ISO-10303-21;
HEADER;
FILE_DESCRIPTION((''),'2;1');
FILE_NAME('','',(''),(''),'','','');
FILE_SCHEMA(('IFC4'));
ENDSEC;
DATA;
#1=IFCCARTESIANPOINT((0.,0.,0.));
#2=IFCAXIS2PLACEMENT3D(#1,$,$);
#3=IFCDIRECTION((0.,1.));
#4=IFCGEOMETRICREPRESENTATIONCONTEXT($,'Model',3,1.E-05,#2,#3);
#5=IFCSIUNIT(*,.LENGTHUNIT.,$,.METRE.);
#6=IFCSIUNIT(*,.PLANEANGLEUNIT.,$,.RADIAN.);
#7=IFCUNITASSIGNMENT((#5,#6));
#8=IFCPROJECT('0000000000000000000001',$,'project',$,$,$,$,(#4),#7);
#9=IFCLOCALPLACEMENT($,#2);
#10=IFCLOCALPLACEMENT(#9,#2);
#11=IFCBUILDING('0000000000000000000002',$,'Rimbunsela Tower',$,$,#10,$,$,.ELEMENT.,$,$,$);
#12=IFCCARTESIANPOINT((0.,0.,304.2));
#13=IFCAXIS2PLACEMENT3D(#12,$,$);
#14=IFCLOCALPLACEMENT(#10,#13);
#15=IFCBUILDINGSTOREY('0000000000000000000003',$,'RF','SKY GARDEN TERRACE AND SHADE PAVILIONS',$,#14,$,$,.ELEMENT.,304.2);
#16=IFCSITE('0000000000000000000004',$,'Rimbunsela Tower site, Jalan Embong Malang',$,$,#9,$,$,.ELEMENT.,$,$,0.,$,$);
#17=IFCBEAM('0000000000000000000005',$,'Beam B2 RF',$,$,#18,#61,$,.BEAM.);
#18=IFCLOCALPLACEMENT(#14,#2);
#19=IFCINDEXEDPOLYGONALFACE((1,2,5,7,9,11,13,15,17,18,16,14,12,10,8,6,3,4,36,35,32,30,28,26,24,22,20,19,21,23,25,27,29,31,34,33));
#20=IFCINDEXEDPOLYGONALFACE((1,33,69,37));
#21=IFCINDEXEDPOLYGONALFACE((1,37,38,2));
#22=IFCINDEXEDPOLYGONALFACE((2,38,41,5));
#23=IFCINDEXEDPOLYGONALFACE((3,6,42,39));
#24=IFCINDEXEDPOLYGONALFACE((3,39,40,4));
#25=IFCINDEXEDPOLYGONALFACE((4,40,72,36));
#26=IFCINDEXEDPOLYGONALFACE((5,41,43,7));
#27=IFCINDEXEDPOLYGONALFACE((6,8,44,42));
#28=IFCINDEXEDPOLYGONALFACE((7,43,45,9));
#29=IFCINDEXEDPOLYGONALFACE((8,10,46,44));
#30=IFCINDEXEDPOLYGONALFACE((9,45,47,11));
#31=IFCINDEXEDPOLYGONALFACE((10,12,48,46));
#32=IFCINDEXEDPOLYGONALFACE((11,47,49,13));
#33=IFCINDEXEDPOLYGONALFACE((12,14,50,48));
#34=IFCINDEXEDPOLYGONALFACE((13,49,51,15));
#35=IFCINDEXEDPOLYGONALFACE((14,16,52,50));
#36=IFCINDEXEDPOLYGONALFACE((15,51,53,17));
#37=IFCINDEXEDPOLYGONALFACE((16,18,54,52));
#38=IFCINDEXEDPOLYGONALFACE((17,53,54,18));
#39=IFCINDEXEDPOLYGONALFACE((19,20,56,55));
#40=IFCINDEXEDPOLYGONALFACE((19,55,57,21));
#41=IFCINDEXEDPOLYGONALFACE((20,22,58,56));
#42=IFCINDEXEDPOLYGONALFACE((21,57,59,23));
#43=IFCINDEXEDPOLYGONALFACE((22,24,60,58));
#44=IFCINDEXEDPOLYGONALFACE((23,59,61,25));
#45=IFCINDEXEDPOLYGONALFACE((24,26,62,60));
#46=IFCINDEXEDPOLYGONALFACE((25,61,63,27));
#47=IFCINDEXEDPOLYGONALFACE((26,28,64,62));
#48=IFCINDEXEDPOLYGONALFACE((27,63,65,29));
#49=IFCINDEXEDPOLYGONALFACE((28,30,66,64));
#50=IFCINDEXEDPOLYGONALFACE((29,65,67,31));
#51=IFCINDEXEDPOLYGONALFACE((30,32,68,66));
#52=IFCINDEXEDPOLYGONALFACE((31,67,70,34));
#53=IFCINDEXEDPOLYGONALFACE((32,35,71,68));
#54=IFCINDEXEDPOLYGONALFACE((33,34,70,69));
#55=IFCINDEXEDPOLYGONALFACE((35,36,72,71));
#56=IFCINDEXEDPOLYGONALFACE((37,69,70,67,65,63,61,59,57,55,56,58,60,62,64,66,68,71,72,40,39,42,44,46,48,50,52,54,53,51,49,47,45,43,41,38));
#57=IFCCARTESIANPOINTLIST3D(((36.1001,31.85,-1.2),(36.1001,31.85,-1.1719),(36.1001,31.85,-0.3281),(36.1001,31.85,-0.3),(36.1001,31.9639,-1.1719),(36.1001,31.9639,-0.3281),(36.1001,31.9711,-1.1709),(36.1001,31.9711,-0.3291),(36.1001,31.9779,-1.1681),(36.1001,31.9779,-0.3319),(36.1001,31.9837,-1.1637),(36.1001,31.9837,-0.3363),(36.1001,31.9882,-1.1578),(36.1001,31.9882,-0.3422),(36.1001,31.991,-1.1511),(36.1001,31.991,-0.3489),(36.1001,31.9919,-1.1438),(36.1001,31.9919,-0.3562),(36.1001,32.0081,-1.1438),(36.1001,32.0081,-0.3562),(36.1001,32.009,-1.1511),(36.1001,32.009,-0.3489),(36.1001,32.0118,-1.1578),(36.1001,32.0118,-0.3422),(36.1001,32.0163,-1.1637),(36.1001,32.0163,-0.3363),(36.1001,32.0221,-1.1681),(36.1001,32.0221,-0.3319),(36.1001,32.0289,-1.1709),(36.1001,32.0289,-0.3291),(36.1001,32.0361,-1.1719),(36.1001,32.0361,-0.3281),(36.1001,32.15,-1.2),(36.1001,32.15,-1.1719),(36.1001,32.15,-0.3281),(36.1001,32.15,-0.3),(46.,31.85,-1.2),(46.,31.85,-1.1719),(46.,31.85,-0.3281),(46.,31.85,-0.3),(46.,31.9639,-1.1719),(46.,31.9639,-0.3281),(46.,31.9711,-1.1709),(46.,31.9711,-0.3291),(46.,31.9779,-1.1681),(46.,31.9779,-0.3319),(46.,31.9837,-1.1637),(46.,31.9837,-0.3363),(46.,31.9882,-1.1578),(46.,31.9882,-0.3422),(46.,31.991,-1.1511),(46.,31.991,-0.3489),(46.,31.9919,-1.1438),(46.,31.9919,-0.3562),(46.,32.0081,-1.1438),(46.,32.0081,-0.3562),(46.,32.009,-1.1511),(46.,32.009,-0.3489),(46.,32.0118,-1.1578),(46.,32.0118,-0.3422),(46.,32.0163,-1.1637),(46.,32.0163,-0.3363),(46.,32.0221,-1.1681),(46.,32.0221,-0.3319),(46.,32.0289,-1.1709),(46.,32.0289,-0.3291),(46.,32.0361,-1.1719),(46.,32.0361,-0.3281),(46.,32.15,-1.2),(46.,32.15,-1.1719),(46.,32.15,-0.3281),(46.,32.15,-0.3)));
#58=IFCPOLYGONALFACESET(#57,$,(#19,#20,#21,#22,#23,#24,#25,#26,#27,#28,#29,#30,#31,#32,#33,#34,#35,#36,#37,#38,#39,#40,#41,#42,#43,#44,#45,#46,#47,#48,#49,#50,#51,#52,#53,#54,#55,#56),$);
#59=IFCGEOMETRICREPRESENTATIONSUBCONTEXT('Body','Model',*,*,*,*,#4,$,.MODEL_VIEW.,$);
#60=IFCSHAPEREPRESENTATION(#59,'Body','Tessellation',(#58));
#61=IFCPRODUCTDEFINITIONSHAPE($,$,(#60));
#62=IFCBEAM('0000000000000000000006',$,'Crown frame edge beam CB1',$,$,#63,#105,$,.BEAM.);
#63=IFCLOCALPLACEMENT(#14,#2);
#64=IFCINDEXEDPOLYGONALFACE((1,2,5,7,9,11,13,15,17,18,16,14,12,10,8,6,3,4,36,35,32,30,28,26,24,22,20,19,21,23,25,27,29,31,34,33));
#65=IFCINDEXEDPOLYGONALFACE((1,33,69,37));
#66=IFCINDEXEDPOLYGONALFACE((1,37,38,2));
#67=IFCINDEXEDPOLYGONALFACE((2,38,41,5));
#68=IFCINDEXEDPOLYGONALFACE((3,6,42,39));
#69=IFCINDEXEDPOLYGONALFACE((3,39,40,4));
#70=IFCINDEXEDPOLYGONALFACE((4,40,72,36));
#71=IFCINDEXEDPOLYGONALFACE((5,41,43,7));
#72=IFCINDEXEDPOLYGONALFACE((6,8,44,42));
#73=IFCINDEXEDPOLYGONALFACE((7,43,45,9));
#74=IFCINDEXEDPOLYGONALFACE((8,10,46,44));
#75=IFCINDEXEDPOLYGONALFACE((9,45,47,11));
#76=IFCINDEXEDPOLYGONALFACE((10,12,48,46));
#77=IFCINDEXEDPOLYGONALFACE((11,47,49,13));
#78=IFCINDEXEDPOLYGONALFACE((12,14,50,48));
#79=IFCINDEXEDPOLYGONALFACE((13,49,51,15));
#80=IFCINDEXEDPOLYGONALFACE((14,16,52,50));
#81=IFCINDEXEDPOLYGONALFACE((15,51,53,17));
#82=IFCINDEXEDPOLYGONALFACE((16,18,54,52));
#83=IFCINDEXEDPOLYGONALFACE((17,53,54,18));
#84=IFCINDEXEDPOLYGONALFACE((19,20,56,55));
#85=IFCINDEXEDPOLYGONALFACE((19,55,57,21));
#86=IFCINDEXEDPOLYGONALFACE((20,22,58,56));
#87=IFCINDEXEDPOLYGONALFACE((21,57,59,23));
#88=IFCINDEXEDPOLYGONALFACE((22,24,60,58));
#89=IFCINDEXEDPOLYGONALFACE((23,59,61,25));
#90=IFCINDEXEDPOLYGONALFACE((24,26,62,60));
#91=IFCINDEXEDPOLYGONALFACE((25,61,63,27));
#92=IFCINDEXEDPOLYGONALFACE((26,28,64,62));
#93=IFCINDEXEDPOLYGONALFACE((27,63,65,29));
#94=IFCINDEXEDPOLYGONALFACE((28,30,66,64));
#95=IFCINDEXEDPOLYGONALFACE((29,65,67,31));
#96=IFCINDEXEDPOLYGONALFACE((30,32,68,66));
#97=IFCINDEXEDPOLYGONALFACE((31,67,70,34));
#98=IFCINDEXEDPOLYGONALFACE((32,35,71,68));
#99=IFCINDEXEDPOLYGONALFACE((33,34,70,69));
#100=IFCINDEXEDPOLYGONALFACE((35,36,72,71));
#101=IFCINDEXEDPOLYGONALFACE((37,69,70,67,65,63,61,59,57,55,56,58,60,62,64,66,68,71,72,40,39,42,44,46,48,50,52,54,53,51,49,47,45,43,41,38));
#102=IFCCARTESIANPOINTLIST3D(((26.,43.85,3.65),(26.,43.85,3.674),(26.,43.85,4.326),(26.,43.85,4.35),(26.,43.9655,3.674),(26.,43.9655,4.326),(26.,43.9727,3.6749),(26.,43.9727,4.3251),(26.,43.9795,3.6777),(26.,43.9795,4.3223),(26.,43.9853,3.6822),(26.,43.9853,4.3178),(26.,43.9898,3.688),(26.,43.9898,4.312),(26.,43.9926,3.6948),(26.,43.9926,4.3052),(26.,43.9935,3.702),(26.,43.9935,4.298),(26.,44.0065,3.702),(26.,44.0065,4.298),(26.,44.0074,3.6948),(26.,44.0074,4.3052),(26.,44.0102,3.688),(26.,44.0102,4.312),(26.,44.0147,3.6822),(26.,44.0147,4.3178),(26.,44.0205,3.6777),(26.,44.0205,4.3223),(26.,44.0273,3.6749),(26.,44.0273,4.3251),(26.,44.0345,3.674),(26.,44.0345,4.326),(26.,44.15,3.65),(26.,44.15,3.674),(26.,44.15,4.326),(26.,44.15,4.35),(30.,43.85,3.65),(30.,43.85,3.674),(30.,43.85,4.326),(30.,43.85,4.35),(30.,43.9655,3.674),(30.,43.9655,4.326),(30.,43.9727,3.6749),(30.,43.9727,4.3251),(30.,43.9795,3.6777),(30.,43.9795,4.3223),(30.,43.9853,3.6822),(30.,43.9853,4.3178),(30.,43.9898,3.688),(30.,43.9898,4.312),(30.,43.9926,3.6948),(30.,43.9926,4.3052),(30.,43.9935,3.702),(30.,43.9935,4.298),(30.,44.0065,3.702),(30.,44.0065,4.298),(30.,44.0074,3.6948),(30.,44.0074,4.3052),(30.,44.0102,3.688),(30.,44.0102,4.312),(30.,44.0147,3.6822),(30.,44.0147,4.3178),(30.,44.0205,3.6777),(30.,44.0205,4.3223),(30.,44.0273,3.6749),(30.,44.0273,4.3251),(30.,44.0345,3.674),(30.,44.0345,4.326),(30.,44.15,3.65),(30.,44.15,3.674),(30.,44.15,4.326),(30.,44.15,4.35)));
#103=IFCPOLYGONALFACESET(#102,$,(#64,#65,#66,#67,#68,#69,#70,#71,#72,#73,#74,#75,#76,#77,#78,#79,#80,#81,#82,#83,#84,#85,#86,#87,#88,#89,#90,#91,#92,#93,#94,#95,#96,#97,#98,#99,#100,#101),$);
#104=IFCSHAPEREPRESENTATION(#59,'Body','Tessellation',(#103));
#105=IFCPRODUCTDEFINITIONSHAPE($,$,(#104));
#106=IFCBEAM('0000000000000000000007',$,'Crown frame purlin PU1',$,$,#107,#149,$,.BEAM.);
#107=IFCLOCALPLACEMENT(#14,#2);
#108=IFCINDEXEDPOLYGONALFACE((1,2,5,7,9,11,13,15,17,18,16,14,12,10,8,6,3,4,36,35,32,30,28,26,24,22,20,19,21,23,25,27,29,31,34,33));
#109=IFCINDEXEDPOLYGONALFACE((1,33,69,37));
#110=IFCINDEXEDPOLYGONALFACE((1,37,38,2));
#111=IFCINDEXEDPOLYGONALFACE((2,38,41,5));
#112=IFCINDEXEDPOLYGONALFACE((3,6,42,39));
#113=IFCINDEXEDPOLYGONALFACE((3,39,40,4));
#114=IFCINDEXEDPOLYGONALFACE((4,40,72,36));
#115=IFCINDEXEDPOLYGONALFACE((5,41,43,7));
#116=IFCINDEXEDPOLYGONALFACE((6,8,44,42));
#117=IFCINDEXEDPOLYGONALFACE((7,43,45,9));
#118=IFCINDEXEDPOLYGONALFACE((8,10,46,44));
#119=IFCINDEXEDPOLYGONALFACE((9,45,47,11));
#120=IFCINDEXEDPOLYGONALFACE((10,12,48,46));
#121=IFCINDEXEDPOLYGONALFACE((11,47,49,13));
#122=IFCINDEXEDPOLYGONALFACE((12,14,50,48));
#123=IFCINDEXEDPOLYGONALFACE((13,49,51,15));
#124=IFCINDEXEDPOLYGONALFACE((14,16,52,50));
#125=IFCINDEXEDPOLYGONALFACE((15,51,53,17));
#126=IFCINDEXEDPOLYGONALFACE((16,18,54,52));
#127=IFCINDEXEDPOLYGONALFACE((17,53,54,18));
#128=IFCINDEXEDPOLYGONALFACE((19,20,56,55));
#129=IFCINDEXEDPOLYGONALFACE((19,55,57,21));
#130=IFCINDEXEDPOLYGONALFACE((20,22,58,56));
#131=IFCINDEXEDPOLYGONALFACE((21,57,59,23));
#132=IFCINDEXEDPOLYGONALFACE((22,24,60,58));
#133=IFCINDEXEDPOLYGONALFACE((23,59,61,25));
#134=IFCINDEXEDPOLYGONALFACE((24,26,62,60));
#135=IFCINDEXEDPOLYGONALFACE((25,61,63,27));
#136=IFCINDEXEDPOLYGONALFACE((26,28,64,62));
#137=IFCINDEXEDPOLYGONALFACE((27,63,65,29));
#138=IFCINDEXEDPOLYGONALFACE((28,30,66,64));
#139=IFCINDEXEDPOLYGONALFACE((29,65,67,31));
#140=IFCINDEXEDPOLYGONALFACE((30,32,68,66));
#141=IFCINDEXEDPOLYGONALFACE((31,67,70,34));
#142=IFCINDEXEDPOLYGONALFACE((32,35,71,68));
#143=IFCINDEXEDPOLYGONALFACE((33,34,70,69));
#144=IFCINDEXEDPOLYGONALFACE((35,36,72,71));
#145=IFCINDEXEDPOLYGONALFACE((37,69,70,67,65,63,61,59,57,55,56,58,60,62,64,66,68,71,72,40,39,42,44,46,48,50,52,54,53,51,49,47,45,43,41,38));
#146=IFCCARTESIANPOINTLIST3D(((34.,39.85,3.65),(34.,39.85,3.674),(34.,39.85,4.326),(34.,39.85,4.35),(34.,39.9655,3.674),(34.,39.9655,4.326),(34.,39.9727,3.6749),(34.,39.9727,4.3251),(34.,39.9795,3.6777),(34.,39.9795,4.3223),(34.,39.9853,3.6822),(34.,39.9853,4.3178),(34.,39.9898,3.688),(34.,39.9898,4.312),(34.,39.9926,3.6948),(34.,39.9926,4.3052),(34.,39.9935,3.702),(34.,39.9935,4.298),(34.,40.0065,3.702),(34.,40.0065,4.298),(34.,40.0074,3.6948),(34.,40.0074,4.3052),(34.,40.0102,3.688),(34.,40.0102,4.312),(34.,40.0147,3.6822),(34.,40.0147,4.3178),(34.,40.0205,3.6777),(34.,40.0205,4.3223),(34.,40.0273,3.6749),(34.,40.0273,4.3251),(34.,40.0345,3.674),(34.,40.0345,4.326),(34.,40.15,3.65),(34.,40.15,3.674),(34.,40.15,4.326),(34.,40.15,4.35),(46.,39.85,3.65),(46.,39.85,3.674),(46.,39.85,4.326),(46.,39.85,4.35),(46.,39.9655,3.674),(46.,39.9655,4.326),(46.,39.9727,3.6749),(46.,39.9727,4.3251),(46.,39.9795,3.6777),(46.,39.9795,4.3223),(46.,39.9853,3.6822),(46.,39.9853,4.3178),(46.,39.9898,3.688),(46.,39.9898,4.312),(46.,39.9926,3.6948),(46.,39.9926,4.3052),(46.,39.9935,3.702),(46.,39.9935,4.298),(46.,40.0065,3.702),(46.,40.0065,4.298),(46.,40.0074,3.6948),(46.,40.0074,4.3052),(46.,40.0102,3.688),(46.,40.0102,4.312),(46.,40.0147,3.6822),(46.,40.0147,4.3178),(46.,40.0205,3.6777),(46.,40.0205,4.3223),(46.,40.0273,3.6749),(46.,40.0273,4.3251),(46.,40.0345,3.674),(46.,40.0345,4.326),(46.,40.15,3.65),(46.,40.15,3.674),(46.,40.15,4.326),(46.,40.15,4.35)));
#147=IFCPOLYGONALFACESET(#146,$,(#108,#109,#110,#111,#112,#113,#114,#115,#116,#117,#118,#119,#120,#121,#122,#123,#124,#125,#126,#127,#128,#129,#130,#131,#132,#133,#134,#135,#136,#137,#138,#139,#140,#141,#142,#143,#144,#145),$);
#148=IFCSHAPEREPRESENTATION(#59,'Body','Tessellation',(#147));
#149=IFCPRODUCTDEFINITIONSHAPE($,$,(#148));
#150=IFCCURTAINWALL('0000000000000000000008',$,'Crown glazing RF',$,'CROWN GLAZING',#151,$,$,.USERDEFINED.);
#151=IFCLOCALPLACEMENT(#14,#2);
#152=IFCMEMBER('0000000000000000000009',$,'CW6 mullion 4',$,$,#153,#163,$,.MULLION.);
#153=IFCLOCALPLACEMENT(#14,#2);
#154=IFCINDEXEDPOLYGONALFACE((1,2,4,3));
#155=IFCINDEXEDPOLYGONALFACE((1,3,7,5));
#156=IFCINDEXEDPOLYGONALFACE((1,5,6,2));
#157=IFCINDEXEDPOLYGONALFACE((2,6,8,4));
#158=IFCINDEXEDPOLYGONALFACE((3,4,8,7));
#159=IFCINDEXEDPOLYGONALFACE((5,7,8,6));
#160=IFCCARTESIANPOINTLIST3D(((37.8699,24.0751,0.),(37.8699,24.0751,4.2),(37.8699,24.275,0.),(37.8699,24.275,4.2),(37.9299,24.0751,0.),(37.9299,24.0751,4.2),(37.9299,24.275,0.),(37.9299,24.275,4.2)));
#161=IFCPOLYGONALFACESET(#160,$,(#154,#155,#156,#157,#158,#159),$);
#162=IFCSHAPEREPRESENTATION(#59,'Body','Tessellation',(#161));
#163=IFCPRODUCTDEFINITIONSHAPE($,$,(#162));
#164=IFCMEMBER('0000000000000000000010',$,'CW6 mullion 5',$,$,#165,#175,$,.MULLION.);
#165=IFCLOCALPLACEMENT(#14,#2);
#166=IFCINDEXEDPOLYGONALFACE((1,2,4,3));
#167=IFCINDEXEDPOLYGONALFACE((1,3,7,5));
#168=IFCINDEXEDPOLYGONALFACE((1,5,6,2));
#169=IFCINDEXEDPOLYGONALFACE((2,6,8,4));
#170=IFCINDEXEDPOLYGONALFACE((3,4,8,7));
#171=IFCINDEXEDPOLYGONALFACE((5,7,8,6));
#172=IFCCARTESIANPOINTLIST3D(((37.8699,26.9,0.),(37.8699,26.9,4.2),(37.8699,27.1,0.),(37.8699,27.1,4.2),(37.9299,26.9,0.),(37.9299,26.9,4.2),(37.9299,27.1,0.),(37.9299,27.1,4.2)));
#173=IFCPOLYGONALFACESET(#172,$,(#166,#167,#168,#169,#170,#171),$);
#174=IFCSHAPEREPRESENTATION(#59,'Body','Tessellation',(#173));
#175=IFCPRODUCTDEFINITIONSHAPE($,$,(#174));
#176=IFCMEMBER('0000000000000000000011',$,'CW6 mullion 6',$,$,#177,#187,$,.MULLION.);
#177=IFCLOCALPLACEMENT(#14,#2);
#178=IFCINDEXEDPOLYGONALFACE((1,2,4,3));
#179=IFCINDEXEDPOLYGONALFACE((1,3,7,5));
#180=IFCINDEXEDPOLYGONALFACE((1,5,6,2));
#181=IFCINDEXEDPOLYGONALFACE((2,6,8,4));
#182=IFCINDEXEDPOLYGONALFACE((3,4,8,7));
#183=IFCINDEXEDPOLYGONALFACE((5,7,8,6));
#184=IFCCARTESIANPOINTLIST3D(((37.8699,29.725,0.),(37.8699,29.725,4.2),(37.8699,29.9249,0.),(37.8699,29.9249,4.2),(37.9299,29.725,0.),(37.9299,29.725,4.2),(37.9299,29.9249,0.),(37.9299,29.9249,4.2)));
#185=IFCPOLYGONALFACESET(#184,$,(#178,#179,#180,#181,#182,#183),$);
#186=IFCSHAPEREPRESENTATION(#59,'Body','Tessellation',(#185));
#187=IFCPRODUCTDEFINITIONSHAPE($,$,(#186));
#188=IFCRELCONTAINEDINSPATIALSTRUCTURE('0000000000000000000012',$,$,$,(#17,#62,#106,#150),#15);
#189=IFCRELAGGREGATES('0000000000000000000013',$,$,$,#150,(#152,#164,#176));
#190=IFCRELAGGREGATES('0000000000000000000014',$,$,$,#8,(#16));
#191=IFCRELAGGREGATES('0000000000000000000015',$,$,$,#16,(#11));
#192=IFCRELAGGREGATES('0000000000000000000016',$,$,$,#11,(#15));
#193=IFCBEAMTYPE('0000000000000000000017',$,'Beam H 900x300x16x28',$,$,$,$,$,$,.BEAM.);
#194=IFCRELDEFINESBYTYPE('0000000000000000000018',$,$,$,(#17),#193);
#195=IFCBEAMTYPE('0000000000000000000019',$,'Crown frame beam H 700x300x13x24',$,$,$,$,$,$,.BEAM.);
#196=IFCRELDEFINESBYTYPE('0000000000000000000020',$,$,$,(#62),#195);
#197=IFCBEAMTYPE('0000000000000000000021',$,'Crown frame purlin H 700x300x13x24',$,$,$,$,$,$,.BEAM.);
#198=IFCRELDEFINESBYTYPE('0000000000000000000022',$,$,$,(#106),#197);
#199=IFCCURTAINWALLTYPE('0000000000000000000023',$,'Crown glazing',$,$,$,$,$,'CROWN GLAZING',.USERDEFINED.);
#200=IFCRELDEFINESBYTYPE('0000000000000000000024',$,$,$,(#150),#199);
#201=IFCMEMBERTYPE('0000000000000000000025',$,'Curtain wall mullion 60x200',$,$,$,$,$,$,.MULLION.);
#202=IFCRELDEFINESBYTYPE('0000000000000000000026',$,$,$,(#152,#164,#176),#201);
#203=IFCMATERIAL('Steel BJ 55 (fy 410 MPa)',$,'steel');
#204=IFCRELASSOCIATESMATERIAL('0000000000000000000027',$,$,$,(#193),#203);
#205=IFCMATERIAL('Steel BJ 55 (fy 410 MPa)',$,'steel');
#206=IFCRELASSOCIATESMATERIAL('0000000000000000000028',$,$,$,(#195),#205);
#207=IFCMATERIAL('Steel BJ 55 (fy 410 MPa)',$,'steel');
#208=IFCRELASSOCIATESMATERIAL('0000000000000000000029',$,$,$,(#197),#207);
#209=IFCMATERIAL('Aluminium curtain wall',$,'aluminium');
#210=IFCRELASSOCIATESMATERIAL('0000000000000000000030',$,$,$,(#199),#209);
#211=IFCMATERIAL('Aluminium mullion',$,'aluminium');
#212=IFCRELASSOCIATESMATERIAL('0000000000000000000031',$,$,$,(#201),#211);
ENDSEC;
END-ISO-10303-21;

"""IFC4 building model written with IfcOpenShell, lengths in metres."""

from ifc_helpers import new_model, si_unit, direction, frame, origin, origin_2d, place, context, subcontext, project, spatial, rectangle, i_section, extrude, material, material_profile, profile_set, type_object, element, aggregate, save


model = new_model("IFC4")

# Units and contexts
model_context = context("Model", 3, precision=1e-05, world=origin(), true_north=direction((0.0, 1.0)))
body_context = subcontext(model_context, "Body", "Model", "MODEL_VIEW")
ifc_project = project(units=[si_unit("LENGTHUNIT", "METRE"), si_unit("PLANEANGLEUNIT", "RADIAN")], contexts=[model_context])

# Site, building, storey
site_placement = place(None, origin())
site = spatial("IfcSite", under=ifc_project, at=site_placement, Name="Rimbunsela Tower site, Jalan Embong Malang", CompositionType="ELEMENT", RefElevation=0.0)
building_placement = place(site_placement, origin())
building = spatial("IfcBuilding", under=site, at=building_placement, Name="Rimbunsela Tower", CompositionType="ELEMENT")
storey_placement = place(building_placement, frame((0.0, 0.0, 304.2)))
storey = spatial("IfcBuildingStorey", under=building, at=storey_placement, Name="RF", Description="SKY GARDEN TERRACE AND SHADE PAVILIONS", CompositionType="ELEMENT", Elevation=304.2)

# Beams
ifc_material_1 = material(Name="Steel BJ 55 (fy 410 MPa)", Category="steel")
ifc_material_profile_1 = material_profile(ifc_material_1, i_section(OverallWidth=0.3, OverallDepth=0.8999, WebThickness=0.0161, FlangeThickness=0.0281, FilletRadius=0.0281, at=origin_2d()), Name="H 900x300x16x28")
ifc_profile_set_1 = profile_set([ifc_material_profile_1], Name="Steel BJ 55 (fy 410 MPa)")
beam_type_1 = type_object("IfcBeamType", Name="Beam H 900x300x16x28", PredefinedType="BEAM", material=ifc_profile_set_1)
for number, where, z_axis, x_axis, name in (
    (1, (36.1001, 32.0, -0.75), (1.0, 0.0, 0.0), (0.0, 1.0, 0.0), "Beam B2 RF"),
):
    element("IfcBeam", number, at=place(storey_placement, frame(where, z_axis=z_axis, x_axis=x_axis)), inside=storey, type_object=beam_type_1, Name=name, PredefinedType="BEAM", context=body_context, shape_type="SweptSolid", body=[
        extrude(i_section(OverallWidth=0.3, OverallDepth=0.8999, WebThickness=0.0161, FlangeThickness=0.0281, FilletRadius=0.0281, at=origin_2d()), origin(), (0.0, 0.0, 1.0), 9.8999),
    ])
ifc_material_2 = material(Name="Steel BJ 55 (fy 410 MPa)", Category="steel")
ifc_material_profile_2 = material_profile(ifc_material_2, i_section(OverallWidth=0.3, OverallDepth=0.7, WebThickness=0.0129, FlangeThickness=0.0239, FilletRadius=0.0281, at=origin_2d()), Name="H 700x300x13x24")
ifc_profile_set_2 = profile_set([ifc_material_profile_2], Name="Steel BJ 55 (fy 410 MPa)")
beam_type_2 = type_object("IfcBeamType", Name="Crown frame beam H 700x300x13x24", PredefinedType="BEAM", material=ifc_profile_set_2)
beam_1_placement = place(storey_placement, frame((26.0, 44.0, 4.0), z_axis=(1.0, 0.0, 0.0), x_axis=(0.0, 1.0, 0.0)))
element("IfcBeam", 2, at=beam_1_placement, inside=storey, type_object=beam_type_2, Name="Crown frame edge beam CB1", PredefinedType="BEAM", context=body_context, shape_type="SweptSolid", body=[
    extrude(i_section(OverallWidth=0.3, OverallDepth=0.7, WebThickness=0.0129, FlangeThickness=0.0239, FilletRadius=0.0281, at=origin_2d()), origin(), (0.0, 0.0, 1.0), 4.0),
])
ifc_material_3 = material(Name="Steel BJ 55 (fy 410 MPa)", Category="steel")
ifc_material_profile_3 = material_profile(ifc_material_3, i_section(OverallWidth=0.3, OverallDepth=0.7, WebThickness=0.0129, FlangeThickness=0.0239, FilletRadius=0.0281, at=origin_2d()), Name="H 700x300x13x24")
ifc_profile_set_3 = profile_set([ifc_material_profile_3], Name="Steel BJ 55 (fy 410 MPa)")
beam_type_3 = type_object("IfcBeamType", Name="Crown frame purlin H 700x300x13x24", PredefinedType="BEAM", material=ifc_profile_set_3)
beam_2_placement = place(storey_placement, frame((34.0, 40.0, 4.0), z_axis=(1.0, 0.0, 0.0), x_axis=(0.0, 1.0, 0.0)))
element("IfcBeam", 3, at=beam_2_placement, inside=storey, type_object=beam_type_3, Name="Crown frame purlin PU1", PredefinedType="BEAM", context=body_context, shape_type="SweptSolid", body=[
    extrude(i_section(OverallWidth=0.3, OverallDepth=0.7, WebThickness=0.0129, FlangeThickness=0.0239, FilletRadius=0.0281, at=origin_2d()), origin(), (0.0, 0.0, 1.0), 12.0),
])

# Curtain wall, members
ifc_material_4 = material(Name="Aluminium curtain wall", Category="aluminium")
curtain_wall_type = type_object("IfcCurtainWallType", Name="Crown glazing", ElementType="CROWN GLAZING", PredefinedType="USERDEFINED", material=ifc_material_4)
curtain_wall_placement = place(storey_placement, origin())
curtain_wall = element("IfcCurtainWall", 4, at=curtain_wall_placement, inside=storey, type_object=curtain_wall_type, Name="Crown glazing RF", ObjectType="CROWN GLAZING", PredefinedType="USERDEFINED")
ifc_material_5 = material(Name="Aluminium mullion", Category="aluminium")
ifc_material_profile_4 = material_profile(ifc_material_5, rectangle(XDim=0.0601, YDim=0.2, at=origin_2d()), Name="Mullion 60x200")
ifc_profile_set_4 = profile_set([ifc_material_profile_4], Name="Aluminium mullion")
member_type_1 = type_object("IfcMemberType", Name="Curtain wall mullion 60x200", PredefinedType="MULLION", material=ifc_profile_set_4)
member_1_placement = place(storey_placement, frame((37.8999, 24.175, 0.0), z_axis=(0.0, 0.0, 1.0), x_axis=(-1.0, 0.0, 0.0)))
member_1 = element("IfcMember", 5, at=member_1_placement, type_object=member_type_1, Name="CW6 mullion 4", PredefinedType="MULLION", context=body_context, shape_type="SweptSolid", body=[
    extrude(rectangle(XDim=0.0601, YDim=0.2, at=origin_2d()), origin(), (0.0, 0.0, 1.0), 4.2),
])
member_2_placement = place(storey_placement, frame((37.8999, 27.0, 0.0), z_axis=(0.0, 0.0, 1.0), x_axis=(-1.0, 0.0, 0.0)))
member_2 = element("IfcMember", 6, at=member_2_placement, type_object=member_type_1, Name="CW6 mullion 5", PredefinedType="MULLION", context=body_context, shape_type="SweptSolid", body=[
    extrude(rectangle(XDim=0.0601, YDim=0.2, at=origin_2d()), origin(), (0.0, 0.0, 1.0), 4.2),
])
member_3_placement = place(storey_placement, frame((37.8999, 29.825, 0.0), z_axis=(0.0, 0.0, 1.0), x_axis=(-1.0, 0.0, 0.0)))
member_3 = element("IfcMember", 7, at=member_3_placement, type_object=member_type_1, Name="CW6 mullion 6", PredefinedType="MULLION", context=body_context, shape_type="SweptSolid", body=[
    extrude(rectangle(XDim=0.0601, YDim=0.2, at=origin_2d()), origin(), (0.0, 0.0, 1.0), 4.2),
])
aggregate(curtain_wall, [member_1, member_2, member_3])

save(model, "model.ifc")
